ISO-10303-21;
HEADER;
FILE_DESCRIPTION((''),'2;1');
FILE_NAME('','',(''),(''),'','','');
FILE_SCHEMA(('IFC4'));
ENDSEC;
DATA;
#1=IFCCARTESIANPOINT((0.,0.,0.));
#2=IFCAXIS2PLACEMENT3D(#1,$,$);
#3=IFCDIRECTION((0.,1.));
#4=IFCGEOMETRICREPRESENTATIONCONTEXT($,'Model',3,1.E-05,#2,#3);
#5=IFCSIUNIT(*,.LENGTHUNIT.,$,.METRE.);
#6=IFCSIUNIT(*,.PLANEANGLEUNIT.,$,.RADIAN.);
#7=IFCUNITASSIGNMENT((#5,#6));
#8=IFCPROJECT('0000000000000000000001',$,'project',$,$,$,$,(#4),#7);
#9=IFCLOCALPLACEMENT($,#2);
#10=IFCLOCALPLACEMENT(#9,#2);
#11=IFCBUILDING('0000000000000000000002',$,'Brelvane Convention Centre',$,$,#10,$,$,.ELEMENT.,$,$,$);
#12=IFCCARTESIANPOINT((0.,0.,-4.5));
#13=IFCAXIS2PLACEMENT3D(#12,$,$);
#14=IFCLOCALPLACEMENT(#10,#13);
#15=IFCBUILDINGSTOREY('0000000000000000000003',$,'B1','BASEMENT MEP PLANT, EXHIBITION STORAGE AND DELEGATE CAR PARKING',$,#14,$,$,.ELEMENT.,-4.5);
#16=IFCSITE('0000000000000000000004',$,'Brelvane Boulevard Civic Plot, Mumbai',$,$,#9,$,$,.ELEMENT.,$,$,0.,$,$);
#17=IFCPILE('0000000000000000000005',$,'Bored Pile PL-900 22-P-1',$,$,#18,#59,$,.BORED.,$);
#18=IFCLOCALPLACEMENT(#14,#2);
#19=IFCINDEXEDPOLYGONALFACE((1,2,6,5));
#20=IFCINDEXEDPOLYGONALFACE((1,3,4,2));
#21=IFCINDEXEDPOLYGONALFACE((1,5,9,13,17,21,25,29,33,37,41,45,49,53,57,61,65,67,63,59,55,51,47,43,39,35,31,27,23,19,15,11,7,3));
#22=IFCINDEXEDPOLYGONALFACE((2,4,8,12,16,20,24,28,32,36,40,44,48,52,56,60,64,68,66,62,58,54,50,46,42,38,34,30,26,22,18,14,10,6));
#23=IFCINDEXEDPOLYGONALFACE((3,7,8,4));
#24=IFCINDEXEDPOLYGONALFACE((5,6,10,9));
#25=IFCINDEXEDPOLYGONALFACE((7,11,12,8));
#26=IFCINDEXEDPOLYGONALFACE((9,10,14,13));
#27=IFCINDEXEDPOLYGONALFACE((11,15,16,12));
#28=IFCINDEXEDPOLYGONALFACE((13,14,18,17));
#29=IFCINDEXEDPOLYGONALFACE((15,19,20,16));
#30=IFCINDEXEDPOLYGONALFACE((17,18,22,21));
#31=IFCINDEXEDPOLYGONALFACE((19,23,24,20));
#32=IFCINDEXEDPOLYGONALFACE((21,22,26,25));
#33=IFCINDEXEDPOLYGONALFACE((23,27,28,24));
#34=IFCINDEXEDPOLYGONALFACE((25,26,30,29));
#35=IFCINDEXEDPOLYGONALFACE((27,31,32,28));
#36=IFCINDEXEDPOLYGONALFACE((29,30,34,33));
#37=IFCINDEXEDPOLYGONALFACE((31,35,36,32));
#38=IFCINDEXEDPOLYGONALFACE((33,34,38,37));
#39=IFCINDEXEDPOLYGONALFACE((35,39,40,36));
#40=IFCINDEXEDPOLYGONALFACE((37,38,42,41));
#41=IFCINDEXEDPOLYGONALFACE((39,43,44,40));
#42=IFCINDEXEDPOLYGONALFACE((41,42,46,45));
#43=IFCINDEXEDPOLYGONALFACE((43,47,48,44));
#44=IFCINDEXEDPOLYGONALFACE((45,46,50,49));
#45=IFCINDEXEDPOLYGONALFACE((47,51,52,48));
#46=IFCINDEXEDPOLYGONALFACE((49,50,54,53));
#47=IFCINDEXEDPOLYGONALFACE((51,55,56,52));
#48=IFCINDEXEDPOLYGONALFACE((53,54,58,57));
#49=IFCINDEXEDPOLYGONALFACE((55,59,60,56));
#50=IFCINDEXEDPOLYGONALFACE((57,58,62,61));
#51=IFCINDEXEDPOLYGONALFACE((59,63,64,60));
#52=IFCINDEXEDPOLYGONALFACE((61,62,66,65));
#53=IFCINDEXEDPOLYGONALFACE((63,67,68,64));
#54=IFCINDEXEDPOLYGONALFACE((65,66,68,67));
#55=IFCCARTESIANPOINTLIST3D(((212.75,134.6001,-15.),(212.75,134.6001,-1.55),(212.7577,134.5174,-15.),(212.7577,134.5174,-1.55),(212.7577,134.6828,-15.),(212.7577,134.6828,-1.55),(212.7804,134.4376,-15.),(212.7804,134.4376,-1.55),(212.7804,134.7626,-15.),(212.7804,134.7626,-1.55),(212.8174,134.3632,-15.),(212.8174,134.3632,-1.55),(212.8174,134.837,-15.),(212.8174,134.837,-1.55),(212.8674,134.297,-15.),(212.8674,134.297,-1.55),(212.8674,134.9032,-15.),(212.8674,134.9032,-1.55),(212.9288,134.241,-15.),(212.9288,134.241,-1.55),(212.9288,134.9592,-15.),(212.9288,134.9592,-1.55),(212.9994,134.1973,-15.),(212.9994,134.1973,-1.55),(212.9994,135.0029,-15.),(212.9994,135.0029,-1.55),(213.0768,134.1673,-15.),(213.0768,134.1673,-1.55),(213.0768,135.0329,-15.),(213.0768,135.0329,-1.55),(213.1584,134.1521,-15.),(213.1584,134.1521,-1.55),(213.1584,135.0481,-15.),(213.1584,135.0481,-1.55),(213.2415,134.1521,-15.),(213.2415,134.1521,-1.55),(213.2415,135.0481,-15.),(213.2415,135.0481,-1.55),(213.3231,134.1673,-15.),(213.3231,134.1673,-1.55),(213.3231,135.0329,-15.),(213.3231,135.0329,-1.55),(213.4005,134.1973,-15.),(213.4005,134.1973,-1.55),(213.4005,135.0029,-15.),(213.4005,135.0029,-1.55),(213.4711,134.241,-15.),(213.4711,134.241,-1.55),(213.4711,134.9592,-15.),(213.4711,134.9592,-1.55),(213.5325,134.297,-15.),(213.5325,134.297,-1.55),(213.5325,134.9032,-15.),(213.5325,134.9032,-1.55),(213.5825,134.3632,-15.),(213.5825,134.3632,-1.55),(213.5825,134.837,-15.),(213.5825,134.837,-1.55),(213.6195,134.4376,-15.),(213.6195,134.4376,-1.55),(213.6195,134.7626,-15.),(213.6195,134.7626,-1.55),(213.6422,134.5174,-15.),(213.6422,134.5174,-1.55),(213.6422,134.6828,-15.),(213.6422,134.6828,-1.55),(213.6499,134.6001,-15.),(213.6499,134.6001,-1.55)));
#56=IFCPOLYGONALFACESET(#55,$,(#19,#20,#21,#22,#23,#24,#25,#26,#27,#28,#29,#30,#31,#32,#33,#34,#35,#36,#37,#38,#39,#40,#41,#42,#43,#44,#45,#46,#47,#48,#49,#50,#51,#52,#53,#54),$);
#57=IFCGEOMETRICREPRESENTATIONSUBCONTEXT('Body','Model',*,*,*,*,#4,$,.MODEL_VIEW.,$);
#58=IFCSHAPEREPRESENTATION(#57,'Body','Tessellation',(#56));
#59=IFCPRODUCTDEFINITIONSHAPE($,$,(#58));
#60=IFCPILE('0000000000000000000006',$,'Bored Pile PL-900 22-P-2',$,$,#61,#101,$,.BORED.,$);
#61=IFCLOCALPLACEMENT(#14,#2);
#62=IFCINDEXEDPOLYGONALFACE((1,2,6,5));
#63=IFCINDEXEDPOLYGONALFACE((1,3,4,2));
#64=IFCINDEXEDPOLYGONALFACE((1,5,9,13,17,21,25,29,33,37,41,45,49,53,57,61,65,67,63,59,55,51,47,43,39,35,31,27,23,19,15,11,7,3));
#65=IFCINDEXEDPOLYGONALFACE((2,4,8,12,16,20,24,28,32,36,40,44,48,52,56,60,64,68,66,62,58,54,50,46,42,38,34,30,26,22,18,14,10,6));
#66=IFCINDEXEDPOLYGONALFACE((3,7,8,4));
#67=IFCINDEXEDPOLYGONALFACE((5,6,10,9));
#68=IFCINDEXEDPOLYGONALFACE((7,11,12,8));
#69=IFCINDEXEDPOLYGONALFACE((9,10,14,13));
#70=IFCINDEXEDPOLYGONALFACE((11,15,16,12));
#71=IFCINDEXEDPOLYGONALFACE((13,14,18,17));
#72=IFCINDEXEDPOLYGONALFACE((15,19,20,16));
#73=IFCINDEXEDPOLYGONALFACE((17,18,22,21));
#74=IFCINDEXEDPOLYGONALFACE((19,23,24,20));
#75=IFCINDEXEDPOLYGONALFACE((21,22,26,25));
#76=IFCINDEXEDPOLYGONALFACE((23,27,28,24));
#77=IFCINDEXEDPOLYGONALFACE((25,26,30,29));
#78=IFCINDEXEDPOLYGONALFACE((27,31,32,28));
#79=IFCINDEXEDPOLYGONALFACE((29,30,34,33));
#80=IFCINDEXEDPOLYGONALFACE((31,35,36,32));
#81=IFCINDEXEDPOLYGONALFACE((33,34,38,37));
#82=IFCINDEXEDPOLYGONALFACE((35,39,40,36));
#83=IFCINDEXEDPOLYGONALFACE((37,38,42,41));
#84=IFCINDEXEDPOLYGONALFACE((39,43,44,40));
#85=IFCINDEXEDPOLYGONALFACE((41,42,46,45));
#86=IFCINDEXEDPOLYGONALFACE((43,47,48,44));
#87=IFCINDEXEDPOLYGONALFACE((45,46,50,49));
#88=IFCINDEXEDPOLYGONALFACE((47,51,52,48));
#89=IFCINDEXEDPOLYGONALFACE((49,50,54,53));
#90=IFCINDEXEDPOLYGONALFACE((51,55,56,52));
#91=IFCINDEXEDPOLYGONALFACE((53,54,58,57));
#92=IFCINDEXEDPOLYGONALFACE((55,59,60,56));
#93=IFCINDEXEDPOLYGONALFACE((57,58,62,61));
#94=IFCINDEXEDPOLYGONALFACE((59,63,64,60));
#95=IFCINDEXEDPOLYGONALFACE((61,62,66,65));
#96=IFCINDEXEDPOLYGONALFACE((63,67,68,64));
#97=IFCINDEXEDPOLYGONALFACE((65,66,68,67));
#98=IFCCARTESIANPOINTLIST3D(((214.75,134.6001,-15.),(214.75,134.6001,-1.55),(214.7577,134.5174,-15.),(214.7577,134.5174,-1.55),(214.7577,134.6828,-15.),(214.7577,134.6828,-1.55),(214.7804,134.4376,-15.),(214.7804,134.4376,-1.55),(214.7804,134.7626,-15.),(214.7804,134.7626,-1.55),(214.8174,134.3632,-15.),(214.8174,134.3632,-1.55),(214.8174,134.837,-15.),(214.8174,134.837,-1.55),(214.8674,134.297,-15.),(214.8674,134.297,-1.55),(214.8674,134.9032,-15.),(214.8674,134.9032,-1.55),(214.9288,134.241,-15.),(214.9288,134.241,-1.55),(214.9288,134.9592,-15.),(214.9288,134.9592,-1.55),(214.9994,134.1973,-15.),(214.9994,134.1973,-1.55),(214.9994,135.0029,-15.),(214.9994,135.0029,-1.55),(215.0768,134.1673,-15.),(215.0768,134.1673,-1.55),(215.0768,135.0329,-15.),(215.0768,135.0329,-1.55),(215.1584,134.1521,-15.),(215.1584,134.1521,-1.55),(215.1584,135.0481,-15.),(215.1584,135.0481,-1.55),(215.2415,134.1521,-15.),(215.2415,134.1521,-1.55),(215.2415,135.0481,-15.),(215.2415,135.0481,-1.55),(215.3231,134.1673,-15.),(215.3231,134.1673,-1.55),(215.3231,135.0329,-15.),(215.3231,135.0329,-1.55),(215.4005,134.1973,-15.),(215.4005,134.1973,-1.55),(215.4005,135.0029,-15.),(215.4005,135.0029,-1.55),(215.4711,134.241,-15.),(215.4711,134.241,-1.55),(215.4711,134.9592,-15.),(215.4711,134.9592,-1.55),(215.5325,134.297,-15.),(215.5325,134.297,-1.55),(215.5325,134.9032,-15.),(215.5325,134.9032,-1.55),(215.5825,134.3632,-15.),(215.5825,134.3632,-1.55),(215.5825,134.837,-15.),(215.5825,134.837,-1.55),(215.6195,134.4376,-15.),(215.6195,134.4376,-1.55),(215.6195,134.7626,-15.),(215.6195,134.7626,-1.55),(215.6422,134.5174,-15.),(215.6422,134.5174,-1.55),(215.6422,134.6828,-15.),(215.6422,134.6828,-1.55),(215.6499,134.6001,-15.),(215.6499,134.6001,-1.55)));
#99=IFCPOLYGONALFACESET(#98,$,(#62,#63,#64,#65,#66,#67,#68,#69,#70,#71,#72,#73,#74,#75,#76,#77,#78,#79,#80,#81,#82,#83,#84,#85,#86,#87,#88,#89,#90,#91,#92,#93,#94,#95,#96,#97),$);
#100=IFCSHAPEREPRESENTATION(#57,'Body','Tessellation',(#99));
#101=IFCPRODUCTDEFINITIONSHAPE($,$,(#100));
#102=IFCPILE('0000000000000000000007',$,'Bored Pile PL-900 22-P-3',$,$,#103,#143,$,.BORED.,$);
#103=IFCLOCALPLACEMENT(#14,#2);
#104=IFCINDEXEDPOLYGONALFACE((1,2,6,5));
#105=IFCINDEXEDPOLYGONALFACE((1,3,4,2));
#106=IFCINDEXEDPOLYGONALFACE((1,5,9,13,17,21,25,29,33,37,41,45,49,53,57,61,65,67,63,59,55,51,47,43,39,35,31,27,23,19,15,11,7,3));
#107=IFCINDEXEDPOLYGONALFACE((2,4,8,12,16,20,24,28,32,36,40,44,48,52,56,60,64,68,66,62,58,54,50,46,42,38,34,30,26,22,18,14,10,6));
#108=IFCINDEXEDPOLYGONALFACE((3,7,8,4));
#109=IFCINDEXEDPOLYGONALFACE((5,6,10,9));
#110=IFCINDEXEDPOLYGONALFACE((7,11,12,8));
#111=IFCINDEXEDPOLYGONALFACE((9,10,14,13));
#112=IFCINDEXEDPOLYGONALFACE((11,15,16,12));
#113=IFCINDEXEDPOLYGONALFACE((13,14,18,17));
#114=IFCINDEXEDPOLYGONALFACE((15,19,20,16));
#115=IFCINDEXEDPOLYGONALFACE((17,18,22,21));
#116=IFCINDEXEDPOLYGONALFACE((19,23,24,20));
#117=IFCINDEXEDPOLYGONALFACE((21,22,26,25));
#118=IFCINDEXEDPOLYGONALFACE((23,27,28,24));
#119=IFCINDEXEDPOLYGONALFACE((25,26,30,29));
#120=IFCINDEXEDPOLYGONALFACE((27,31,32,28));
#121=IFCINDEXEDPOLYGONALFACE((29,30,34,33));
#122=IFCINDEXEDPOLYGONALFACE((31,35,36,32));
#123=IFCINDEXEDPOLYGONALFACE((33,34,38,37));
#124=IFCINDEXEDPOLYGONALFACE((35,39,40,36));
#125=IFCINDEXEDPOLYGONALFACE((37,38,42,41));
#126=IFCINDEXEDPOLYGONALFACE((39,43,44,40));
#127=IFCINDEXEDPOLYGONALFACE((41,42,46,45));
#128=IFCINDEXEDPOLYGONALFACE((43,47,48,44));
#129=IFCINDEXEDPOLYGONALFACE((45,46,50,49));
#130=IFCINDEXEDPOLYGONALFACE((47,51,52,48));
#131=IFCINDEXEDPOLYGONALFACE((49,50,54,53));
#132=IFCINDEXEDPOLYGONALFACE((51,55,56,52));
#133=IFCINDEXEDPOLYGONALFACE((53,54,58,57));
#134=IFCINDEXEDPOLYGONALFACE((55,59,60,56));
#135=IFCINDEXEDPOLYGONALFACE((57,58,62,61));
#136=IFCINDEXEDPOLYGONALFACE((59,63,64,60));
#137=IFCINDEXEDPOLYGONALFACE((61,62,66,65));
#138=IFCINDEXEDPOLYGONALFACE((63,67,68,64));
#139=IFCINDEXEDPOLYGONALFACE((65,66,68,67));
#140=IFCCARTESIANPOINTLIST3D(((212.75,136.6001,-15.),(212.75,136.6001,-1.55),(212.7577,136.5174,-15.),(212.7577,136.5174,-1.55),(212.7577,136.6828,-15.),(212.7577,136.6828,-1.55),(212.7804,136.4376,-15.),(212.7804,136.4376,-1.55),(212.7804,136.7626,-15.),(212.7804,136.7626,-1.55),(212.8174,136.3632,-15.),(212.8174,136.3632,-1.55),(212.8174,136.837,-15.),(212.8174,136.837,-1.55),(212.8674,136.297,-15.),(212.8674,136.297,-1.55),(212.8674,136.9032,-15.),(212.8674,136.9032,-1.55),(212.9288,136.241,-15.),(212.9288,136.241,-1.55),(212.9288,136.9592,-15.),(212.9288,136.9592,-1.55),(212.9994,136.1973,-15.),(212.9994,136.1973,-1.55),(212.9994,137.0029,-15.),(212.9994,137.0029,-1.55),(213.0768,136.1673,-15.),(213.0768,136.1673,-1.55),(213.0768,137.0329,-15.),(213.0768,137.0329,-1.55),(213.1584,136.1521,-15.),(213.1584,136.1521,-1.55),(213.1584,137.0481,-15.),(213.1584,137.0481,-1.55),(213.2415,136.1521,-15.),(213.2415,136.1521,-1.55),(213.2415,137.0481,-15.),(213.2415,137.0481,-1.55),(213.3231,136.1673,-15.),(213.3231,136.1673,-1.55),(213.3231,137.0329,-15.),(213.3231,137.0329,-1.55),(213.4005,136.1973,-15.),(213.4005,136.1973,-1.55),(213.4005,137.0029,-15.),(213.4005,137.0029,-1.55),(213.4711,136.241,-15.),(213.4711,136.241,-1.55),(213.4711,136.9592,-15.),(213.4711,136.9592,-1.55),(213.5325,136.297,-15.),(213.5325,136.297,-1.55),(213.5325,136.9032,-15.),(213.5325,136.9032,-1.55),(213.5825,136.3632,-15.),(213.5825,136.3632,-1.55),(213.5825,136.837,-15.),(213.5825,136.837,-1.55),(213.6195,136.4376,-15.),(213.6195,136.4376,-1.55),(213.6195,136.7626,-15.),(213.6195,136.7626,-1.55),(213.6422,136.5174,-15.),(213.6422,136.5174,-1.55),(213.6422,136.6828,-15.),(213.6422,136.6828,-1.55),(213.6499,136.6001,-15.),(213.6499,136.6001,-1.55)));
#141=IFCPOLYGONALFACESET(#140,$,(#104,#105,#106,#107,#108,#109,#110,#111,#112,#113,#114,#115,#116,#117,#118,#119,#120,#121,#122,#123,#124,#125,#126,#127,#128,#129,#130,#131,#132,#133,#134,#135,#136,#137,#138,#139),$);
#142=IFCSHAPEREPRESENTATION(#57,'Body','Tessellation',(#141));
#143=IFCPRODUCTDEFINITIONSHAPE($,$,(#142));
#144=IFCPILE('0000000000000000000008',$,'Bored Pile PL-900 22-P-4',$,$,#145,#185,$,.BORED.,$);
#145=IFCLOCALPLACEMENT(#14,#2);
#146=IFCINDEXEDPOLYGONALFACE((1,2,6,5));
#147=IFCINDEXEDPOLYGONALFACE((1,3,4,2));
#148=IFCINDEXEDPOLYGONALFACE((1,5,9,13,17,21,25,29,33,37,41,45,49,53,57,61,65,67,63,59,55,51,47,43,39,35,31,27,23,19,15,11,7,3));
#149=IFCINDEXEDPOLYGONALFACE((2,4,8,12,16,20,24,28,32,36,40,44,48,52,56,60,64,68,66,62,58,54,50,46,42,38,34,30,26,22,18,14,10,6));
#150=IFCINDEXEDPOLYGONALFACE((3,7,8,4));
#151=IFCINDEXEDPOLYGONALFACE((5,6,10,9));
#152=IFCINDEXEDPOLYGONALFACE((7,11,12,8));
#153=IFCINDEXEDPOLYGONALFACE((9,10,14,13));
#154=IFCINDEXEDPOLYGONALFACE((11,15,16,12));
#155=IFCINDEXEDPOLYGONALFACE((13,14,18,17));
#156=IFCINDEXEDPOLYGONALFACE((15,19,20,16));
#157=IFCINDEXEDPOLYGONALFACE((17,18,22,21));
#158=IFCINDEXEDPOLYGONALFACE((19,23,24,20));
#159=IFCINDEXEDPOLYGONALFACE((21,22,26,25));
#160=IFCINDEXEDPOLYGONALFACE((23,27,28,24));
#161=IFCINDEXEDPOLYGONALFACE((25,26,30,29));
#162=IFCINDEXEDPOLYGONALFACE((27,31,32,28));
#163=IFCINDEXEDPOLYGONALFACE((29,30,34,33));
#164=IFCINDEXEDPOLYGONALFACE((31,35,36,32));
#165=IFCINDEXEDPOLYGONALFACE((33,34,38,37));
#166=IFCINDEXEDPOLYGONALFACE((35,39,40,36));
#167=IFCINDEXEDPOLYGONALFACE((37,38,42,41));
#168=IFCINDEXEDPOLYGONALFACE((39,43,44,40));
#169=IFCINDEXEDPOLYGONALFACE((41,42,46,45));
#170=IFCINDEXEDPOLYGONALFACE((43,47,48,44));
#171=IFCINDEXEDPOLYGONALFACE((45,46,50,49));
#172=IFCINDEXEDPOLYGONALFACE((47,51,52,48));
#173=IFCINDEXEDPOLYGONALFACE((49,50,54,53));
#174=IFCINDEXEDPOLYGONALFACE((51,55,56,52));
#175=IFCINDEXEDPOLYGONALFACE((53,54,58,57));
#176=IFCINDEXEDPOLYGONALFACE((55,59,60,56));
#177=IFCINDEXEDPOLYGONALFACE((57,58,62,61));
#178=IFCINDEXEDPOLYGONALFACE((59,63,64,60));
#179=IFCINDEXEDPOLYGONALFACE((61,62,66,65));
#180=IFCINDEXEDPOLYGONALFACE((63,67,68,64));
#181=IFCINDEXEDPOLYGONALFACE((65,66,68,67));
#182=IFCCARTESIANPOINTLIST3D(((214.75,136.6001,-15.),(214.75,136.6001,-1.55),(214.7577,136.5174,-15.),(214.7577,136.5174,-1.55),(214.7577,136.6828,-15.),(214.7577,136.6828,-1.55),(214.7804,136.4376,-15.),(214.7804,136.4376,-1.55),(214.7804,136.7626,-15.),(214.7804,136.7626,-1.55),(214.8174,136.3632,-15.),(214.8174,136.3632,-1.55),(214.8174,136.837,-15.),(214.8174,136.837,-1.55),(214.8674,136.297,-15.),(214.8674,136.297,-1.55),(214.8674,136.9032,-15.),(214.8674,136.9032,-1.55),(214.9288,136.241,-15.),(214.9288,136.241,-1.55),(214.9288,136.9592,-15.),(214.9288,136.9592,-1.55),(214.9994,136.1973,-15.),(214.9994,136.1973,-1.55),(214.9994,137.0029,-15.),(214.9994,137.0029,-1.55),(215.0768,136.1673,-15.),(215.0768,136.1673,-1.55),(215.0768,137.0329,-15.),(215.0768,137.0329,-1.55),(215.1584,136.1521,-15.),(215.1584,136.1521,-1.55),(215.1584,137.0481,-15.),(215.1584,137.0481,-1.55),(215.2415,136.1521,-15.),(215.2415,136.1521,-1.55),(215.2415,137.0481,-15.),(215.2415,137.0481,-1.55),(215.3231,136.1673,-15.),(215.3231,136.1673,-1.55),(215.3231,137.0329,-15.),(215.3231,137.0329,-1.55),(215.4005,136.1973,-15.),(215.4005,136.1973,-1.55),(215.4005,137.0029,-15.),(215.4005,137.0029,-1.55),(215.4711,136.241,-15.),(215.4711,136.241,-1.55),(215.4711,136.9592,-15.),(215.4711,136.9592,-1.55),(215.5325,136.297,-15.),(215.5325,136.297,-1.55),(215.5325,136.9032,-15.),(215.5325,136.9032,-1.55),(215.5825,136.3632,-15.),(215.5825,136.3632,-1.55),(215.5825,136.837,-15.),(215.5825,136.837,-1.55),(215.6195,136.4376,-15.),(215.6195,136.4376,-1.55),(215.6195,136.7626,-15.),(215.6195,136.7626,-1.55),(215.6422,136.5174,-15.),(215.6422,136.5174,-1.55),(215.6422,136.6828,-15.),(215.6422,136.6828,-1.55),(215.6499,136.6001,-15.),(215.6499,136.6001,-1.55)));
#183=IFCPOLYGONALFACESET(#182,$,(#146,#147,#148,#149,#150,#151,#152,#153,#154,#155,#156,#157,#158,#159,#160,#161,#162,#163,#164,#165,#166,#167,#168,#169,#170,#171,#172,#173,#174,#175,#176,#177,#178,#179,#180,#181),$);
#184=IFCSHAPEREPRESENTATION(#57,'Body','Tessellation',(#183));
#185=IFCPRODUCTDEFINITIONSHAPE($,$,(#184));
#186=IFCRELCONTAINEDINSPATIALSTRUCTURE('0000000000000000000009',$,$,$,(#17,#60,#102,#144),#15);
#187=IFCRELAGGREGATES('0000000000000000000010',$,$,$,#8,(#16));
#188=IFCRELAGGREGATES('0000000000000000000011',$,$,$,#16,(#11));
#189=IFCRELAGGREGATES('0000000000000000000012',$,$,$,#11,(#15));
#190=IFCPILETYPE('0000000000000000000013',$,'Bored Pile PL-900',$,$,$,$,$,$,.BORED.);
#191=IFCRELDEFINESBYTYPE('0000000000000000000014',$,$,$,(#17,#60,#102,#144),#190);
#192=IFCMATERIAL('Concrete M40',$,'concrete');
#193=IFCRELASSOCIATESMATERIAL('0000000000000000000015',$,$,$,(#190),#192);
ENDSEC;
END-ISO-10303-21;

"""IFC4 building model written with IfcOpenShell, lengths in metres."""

from ifc_helpers import new_model, si_unit, direction, frame, origin, origin_2d, place, context, subcontext, project, spatial, circle, extrude, material, material_profile, profile_set, type_object, element, save


model = new_model("IFC4")

# Units and contexts
model_context = context("Model", 3, precision=1e-05, world=origin(), true_north=direction((0.0, 1.0)))
body_context = subcontext(model_context, "Body", "Model", "MODEL_VIEW")
ifc_project = project(units=[si_unit("LENGTHUNIT", "METRE"), si_unit("PLANEANGLEUNIT", "RADIAN")], contexts=[model_context])

# Site, building, storey
site_placement = place(None, origin())
site = spatial("IfcSite", under=ifc_project, at=site_placement, Name="Brelvane Boulevard Civic Plot, Mumbai", CompositionType="ELEMENT", RefElevation=0.0)
building_placement = place(site_placement, origin())
building = spatial("IfcBuilding", under=site, at=building_placement, Name="Brelvane Convention Centre", CompositionType="ELEMENT")
storey_placement = place(building_placement, frame((0.0, 0.0, -4.5)))
storey = spatial("IfcBuildingStorey", under=building, at=storey_placement, Name="B1", Description="BASEMENT MEP PLANT, EXHIBITION STORAGE AND DELEGATE CAR PARKING", CompositionType="ELEMENT", Elevation=-4.5)

# Piles
ifc_material_1 = material(Name="Concrete M40", Category="concrete")
ifc_material_profile_1 = material_profile(ifc_material_1, circle(Radius=0.45, at=origin_2d()), Name="PILE D900")
ifc_profile_set_1 = profile_set([ifc_material_profile_1], Name="Concrete M40")
pile_type = type_object("IfcPileType", Name="Bored Pile PL-900", PredefinedType="BORED", material=ifc_profile_set_1)
for number, where, z_axis, x_axis, name in (
    (1, (213.2, 134.6001, -1.55), (0.0, 0.0, -1.0), (1.0, 0.0, 0.0), "Bored Pile PL-900 22-P-1"),
    (2, (215.2, 134.6001, -1.55), (0.0, 0.0, -1.0), (1.0, 0.0, 0.0), "Bored Pile PL-900 22-P-2"),
    (3, (213.2, 136.6001, -1.55), (0.0, 0.0, -1.0), (1.0, 0.0, 0.0), "Bored Pile PL-900 22-P-3"),
    (4, (215.2, 136.6001, -1.55), (0.0, 0.0, -1.0), (1.0, 0.0, 0.0), "Bored Pile PL-900 22-P-4"),
):
    element("IfcPile", number, at=place(storey_placement, frame(where, z_axis=z_axis, x_axis=x_axis)), inside=storey, type_object=pile_type, Name=name, PredefinedType="BORED", context=body_context, shape_type="SweptSolid", body=[
        extrude(circle(Radius=0.45, at=origin_2d()), origin(), (0.0, 0.0, 1.0), 13.45),
    ])

save(model, "model.ifc")
